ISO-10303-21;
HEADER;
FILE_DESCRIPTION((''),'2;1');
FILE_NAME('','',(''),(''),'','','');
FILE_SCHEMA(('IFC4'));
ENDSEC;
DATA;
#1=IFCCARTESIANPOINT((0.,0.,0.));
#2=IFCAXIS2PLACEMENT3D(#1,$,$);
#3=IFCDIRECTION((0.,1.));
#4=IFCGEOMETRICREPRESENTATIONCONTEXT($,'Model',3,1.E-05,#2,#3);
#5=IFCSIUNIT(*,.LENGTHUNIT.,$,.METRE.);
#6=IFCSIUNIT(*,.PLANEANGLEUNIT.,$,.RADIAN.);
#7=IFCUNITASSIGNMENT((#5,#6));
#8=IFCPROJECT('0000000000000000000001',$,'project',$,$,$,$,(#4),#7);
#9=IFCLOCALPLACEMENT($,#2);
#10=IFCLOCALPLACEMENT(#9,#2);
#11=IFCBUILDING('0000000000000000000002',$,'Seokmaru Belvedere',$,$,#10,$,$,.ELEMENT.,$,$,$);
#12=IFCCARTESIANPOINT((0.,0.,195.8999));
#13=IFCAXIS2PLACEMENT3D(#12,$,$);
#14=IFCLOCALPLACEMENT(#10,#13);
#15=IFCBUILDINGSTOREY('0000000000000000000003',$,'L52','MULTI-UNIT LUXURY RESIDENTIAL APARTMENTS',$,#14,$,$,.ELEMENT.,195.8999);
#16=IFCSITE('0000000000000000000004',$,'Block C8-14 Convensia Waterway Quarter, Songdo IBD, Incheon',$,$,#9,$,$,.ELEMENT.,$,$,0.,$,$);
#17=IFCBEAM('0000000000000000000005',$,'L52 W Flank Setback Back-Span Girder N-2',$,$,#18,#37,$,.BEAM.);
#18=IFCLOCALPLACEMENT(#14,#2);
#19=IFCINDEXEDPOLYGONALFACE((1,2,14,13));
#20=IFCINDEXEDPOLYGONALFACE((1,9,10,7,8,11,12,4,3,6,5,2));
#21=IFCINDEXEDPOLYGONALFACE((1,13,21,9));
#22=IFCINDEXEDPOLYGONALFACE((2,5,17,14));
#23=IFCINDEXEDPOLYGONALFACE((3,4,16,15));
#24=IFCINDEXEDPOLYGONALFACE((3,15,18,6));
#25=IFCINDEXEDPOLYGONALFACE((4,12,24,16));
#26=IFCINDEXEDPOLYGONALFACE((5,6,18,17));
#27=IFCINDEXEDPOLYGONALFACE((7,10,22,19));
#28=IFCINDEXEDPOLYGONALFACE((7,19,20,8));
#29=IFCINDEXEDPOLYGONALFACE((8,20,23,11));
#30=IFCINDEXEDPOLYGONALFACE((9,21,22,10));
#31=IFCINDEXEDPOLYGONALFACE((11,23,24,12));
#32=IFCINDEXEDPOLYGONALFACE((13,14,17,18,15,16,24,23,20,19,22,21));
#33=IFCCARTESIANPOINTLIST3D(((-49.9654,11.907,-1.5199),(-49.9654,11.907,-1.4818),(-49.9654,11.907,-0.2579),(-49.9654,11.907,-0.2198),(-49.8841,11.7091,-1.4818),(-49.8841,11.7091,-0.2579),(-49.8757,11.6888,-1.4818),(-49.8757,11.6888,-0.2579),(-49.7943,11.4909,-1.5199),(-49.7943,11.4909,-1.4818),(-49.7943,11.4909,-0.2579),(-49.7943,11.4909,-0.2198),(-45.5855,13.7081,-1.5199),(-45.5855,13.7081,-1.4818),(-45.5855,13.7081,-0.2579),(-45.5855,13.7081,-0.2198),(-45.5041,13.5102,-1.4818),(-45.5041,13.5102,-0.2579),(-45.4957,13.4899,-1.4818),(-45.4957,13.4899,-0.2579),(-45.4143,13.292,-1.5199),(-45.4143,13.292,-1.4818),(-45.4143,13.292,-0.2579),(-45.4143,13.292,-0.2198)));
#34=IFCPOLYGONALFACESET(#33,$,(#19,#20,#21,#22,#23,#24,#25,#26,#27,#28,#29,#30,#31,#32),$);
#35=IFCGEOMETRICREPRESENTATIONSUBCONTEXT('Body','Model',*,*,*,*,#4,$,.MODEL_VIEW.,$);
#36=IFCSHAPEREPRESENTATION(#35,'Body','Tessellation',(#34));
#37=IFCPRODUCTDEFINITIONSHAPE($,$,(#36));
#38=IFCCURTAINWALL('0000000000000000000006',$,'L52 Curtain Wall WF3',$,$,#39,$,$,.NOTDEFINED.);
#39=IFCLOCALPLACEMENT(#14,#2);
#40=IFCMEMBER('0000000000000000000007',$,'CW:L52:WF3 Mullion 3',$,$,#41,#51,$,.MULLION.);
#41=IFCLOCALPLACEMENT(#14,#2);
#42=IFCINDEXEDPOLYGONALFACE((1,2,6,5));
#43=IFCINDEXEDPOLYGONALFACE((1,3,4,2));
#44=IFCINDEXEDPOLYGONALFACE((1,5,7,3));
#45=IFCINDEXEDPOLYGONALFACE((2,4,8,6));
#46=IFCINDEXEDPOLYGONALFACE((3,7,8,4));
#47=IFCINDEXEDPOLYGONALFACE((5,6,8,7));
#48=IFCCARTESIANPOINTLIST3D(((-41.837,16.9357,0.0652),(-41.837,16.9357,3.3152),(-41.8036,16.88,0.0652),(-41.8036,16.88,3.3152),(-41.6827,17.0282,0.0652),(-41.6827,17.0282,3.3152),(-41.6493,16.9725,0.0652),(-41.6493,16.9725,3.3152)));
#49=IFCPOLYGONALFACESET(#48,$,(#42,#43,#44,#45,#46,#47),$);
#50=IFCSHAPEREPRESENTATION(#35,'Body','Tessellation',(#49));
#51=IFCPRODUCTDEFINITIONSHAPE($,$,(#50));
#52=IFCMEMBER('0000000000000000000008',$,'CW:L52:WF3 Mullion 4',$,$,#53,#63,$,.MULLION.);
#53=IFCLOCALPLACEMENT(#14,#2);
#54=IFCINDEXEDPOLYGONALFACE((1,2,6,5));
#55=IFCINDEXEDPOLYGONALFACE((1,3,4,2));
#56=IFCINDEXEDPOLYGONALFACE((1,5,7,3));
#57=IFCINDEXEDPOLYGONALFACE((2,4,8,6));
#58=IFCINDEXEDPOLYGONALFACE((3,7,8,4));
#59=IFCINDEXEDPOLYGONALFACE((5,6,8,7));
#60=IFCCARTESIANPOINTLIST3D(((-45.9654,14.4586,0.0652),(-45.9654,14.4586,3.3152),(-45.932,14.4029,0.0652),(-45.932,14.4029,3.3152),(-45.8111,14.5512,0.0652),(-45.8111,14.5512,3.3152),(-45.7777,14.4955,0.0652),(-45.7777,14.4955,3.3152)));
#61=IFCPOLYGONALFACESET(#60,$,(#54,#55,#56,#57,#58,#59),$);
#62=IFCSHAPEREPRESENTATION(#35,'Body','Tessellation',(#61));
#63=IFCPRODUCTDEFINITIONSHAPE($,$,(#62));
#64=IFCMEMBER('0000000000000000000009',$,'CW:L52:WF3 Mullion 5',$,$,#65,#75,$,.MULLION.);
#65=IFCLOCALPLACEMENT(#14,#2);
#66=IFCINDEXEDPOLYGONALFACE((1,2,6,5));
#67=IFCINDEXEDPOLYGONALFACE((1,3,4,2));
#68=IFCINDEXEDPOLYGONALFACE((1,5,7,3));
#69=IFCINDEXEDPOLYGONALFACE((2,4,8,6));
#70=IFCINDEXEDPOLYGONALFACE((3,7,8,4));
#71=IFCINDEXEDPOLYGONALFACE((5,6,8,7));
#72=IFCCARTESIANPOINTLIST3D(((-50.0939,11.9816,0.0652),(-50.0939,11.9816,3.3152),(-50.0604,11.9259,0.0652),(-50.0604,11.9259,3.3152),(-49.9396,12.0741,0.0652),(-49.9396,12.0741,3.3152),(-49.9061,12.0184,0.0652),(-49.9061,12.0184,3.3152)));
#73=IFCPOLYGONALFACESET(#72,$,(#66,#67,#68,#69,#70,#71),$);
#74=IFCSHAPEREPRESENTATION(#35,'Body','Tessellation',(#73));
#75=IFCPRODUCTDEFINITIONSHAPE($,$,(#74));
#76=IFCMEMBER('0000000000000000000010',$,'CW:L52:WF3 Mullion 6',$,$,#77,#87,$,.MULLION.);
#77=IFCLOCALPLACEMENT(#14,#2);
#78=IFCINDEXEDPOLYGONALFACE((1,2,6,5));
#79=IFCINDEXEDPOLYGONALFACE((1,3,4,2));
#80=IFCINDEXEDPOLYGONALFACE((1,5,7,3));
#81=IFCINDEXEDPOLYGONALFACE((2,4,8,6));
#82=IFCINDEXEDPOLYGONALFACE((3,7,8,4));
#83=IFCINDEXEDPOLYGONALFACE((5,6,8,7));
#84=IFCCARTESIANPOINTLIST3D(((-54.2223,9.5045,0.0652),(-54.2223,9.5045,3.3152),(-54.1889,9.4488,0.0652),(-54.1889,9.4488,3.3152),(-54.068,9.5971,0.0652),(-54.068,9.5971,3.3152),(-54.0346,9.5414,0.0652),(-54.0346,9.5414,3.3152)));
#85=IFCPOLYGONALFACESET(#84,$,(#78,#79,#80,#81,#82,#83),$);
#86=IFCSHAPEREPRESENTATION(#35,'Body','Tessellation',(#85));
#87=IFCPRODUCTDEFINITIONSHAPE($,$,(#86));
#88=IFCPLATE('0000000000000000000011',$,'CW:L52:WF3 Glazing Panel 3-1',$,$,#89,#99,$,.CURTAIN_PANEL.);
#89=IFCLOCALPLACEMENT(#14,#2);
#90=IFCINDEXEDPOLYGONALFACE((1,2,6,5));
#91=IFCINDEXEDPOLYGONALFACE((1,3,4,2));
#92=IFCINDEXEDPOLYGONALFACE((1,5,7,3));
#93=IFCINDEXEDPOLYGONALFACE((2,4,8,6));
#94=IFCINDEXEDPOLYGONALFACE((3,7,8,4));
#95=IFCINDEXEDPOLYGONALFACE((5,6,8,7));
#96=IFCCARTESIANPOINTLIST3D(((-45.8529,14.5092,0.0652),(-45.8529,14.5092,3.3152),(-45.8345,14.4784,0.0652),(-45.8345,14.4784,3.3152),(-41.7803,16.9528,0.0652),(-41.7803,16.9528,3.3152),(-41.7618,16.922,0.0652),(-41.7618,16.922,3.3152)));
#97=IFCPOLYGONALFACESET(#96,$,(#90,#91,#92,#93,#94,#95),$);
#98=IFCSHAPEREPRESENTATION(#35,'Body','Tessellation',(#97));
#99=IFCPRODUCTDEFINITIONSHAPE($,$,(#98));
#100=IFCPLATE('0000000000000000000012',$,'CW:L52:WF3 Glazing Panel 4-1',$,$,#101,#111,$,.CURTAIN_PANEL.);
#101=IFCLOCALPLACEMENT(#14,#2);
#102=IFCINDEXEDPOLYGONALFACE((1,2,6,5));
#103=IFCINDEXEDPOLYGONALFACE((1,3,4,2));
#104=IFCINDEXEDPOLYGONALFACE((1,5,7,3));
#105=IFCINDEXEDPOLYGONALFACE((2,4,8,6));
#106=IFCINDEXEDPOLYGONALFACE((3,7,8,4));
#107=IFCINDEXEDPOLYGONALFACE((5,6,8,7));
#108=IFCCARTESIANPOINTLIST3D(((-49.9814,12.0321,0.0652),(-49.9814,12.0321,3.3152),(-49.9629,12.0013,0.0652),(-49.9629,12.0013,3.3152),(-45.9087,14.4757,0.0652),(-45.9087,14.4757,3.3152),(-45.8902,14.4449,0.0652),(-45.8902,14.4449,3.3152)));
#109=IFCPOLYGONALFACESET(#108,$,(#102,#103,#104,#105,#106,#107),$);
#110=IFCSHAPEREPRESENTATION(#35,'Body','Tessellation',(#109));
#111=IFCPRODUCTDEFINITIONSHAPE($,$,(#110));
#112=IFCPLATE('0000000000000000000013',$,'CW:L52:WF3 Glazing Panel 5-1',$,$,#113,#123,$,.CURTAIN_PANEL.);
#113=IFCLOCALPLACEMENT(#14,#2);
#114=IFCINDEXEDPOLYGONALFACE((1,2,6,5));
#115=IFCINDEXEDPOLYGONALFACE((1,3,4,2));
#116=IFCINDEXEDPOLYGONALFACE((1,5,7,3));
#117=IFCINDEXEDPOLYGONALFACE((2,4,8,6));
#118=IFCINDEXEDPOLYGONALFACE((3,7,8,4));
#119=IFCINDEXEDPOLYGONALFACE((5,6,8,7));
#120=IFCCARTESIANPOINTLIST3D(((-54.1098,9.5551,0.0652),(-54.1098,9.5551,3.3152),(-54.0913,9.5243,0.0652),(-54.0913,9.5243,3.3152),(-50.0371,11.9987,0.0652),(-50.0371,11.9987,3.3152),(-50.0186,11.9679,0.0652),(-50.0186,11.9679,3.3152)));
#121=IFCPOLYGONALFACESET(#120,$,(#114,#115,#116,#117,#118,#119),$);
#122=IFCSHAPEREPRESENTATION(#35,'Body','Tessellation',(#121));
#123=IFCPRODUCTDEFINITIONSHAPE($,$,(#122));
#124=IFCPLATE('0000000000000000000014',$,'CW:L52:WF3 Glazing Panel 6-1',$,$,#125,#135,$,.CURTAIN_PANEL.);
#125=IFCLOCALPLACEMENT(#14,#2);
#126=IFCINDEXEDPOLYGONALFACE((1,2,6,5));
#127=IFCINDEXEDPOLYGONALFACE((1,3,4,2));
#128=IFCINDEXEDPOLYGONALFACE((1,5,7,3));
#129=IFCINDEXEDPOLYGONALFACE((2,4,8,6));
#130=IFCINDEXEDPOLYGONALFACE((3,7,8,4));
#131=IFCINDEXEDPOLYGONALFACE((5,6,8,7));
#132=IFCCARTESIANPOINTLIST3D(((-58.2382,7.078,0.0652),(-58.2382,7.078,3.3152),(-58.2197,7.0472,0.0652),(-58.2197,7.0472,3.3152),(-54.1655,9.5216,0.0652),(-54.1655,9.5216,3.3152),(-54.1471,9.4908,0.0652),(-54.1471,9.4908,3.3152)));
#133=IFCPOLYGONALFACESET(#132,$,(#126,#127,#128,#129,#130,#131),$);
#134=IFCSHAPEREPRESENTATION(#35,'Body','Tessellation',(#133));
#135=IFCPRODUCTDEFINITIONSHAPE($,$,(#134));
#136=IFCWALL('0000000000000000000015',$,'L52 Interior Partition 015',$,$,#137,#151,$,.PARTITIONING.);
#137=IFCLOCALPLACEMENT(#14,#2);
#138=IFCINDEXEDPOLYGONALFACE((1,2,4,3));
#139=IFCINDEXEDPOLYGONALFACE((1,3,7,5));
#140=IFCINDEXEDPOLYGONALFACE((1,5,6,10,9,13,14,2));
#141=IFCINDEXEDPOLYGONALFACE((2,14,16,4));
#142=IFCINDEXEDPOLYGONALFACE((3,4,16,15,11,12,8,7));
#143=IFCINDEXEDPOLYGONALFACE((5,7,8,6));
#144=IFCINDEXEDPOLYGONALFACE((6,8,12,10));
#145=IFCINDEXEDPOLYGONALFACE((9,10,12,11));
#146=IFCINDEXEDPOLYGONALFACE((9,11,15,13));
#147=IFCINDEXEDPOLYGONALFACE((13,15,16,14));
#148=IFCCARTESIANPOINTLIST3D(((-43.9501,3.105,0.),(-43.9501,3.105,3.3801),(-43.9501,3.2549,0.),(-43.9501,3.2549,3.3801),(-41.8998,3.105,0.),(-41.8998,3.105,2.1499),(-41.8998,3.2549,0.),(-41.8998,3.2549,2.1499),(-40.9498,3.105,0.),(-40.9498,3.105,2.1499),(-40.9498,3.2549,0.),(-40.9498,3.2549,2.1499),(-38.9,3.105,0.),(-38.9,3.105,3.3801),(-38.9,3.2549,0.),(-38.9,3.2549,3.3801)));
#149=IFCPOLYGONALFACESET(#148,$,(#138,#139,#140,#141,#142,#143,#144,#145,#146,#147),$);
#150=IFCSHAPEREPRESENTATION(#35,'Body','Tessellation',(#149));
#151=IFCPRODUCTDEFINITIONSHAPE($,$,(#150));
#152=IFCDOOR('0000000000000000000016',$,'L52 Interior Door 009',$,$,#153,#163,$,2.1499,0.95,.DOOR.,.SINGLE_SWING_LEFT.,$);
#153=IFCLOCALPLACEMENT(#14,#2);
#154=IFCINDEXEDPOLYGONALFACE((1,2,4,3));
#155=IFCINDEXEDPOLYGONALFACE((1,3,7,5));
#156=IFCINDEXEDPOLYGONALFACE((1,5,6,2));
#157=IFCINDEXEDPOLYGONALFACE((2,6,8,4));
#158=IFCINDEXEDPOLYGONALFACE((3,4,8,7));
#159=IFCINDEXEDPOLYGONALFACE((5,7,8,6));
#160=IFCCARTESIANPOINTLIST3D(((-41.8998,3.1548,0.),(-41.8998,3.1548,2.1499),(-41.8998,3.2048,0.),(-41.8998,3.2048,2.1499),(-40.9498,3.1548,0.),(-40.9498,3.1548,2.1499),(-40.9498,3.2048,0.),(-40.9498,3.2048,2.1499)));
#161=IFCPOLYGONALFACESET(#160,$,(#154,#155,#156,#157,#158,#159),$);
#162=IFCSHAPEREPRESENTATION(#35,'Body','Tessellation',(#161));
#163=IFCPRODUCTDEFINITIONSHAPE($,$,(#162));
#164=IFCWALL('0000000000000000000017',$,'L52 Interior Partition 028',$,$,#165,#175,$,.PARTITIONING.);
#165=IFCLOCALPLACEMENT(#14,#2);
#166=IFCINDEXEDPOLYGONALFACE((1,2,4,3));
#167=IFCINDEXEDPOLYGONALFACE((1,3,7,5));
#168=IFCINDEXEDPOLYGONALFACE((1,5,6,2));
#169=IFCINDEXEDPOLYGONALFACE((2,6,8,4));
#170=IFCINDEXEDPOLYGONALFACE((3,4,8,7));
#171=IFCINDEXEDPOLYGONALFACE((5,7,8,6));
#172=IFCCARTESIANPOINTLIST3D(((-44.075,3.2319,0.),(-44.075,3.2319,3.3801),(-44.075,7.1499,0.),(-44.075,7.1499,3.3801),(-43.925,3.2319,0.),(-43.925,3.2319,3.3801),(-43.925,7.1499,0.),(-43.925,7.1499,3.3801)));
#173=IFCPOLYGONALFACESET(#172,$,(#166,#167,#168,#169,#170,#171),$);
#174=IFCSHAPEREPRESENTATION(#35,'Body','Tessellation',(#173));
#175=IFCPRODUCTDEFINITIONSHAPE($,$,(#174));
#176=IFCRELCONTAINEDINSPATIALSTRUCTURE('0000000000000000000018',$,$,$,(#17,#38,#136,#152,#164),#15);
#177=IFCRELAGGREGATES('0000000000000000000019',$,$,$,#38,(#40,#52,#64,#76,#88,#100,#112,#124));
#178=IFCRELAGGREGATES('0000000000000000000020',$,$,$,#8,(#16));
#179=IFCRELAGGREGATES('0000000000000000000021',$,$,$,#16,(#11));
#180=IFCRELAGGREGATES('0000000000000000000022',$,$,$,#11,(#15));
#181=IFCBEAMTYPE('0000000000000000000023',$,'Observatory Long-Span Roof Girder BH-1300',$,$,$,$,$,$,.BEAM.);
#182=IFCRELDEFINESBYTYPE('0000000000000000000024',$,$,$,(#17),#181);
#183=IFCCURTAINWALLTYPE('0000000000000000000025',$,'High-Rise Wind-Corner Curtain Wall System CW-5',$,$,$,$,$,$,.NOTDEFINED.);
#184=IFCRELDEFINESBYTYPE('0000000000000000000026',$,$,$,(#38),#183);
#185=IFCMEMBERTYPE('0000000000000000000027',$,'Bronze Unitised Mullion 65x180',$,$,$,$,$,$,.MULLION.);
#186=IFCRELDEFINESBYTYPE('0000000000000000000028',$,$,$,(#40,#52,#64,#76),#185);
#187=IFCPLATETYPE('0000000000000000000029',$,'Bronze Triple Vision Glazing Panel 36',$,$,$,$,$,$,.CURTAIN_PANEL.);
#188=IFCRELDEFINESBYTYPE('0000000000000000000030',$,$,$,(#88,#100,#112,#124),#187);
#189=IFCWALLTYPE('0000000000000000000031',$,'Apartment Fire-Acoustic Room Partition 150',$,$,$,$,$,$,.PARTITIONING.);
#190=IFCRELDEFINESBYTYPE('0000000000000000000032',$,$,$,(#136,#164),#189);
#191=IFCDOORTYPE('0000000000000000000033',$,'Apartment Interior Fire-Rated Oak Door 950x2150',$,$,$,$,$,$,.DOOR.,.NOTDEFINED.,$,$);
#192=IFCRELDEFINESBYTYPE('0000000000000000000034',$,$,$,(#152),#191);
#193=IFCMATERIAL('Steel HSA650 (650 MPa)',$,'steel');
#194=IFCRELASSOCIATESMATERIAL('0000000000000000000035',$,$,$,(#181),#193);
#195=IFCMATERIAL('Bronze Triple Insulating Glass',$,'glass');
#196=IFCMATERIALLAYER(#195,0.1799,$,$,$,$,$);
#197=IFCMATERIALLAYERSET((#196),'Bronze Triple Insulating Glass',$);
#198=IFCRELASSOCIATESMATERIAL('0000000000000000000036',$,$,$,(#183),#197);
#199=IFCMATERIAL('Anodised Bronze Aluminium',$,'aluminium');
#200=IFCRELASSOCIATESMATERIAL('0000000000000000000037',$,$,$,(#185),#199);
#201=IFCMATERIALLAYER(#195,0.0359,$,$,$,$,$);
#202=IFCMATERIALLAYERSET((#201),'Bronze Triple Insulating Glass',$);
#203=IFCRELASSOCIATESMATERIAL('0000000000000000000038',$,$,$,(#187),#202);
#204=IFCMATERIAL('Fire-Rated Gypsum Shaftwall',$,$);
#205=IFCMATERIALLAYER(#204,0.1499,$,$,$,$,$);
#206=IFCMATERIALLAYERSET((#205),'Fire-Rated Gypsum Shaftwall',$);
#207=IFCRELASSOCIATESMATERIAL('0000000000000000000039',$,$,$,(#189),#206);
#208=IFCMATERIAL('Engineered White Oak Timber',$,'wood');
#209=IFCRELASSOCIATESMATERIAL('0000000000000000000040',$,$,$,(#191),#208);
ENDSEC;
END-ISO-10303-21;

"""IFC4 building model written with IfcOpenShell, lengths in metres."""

from ifc_helpers import new_model, si_unit, direction, frame, frame_2d, origin, origin_2d, place, context, subcontext, project, spatial, rectangle, i_section, extrude, source, transform, mapped, material, layer, layer_set, material_profile, profile_set, type_object, type_shapes, element, fill, aggregate, save


model = new_model("IFC4")

# Units and contexts
model_context = context("Model", 3, precision=1e-05, world=origin(), true_north=direction((0.0, 1.0)))
body_context = subcontext(model_context, "Body", "Model", "MODEL_VIEW")
ifc_project = project(units=[si_unit("LENGTHUNIT", "METRE"), si_unit("PLANEANGLEUNIT", "RADIAN")], contexts=[model_context])

# Site, building, storey
site_placement = place(None, origin())
site = spatial("IfcSite", under=ifc_project, at=site_placement, Name="Block C8-14 Convensia Waterway Quarter, Songdo IBD, Incheon", CompositionType="ELEMENT", RefElevation=0.0)
building_placement = place(site_placement, origin())
building = spatial("IfcBuilding", under=site, at=building_placement, Name="Seokmaru Belvedere", CompositionType="ELEMENT")
storey_placement = place(building_placement, frame((0.0, 0.0, 195.8999)))
storey = spatial("IfcBuildingStorey", under=building, at=storey_placement, Name="L52", Description="MULTI-UNIT LUXURY RESIDENTIAL APARTMENTS", CompositionType="ELEMENT", Elevation=195.8999)

# Beam
ifc_material_1 = material(Name="Steel HSA650 (650 MPa)", Category="steel")
ifc_material_profile_1 = material_profile(ifc_material_1, i_section(OverallWidth=0.45, OverallDepth=1.3, WebThickness=0.022, FlangeThickness=0.0381, at=origin_2d()), Name="BH-1300x450x22x38")
ifc_profile_set_1 = profile_set([ifc_material_profile_1], Name="Steel HSA650 (650 MPa)")
beam_type_1 = type_object("IfcBeamType", Name="Observatory Long-Span Roof Girder BH-1300", PredefinedType="BEAM", material=ifc_profile_set_1)
shared_shape_1 = source(origin(), body_context, "Body", "SweptSolid", [
    extrude(i_section(OverallWidth=0.45, OverallDepth=1.3, WebThickness=0.022, FlangeThickness=0.0381, at=origin_2d()), origin(), (0.0, 0.0, 1.0), 4.7358),
])
beam_1_placement = place(storey_placement, frame((-49.8799, 11.699, -0.8699), z_axis=(0.924861, 0.380306, 0.0), x_axis=(-0.380306, 0.924861, 0.0)))
element("IfcBeam", 1, at=beam_1_placement, inside=storey, type_object=beam_type_1, Name="L52 W Flank Setback Back-Span Girder N-2", PredefinedType="BEAM", context=body_context, shape_type="MappedRepresentation", body=[
    mapped(shared_shape_1, transform((0.0, 0.0, 0.0), scale=1.0)),
])

# Curtain wall, members, plates
ifc_material_2 = material(Name="Bronze Triple Insulating Glass", Category="glass")
ifc_layer_1 = layer(ifc_material_2, 0.1799)
ifc_layer_set_1 = layer_set([ifc_layer_1], Name="Bronze Triple Insulating Glass")
curtain_wall_type = type_object("IfcCurtainWallType", Name="High-Rise Wind-Corner Curtain Wall System CW-5", PredefinedType="NOTDEFINED", material=ifc_layer_set_1)
curtain_wall_placement = place(storey_placement, origin())
curtain_wall = element("IfcCurtainWall", 2, at=curtain_wall_placement, inside=storey, type_object=curtain_wall_type, Name="L52 Curtain Wall WF3", PredefinedType="NOTDEFINED")
ifc_material_3 = material(Name="Anodised Bronze Aluminium", Category="aluminium")
ifc_material_profile_2 = material_profile(ifc_material_3, rectangle(XDim=0.0649, YDim=0.1799, at=origin_2d()), Name="CW-M-65x180")
ifc_profile_set_2 = profile_set([ifc_material_profile_2], Name="Anodised Bronze Aluminium")
member_type = type_object("IfcMemberType", Name="Bronze Unitised Mullion 65x180", PredefinedType="MULLION", material=ifc_profile_set_2)
shared_shape_2 = source(origin(), body_context, "Body", "SweptSolid", [
    extrude(rectangle(XDim=0.0649, YDim=0.1799, at=origin_2d()), origin(), (0.0, 0.0, 1.0), 3.25),
])
type_shapes(member_type, [shared_shape_2])
member_1_placement = place(storey_placement, frame((-41.7432, 16.9541, 0.0652), z_axis=(0.0, 0.0, 1.0), x_axis=(0.514495, -0.857493, 0.0)))
member_1 = element("IfcMember", 3, at=member_1_placement, type_object=member_type, Name="CW:L52:WF3 Mullion 3", PredefinedType="MULLION", context=body_context, shape_type="MappedRepresentation", body=[
    mapped(shared_shape_2, transform((0.0, 0.0, 0.0), scale=1.0)),
])
member_2_placement = place(storey_placement, frame((-45.8716, 14.4771, 0.0652), z_axis=(0.0, 0.0, 1.0), x_axis=(0.514495, -0.857493, 0.0)))
member_2 = element("IfcMember", 4, at=member_2_placement, type_object=member_type, Name="CW:L52:WF3 Mullion 4", PredefinedType="MULLION", context=body_context, shape_type="MappedRepresentation", body=[
    mapped(shared_shape_2, transform((0.0, 0.0, 0.0), scale=1.0)),
])
member_3_placement = place(storey_placement, frame((-50.0, 12.0, 0.0652), z_axis=(0.0, 0.0, 1.0), x_axis=(0.514495, -0.857493, 0.0)))
member_3 = element("IfcMember", 5, at=member_3_placement, type_object=member_type, Name="CW:L52:WF3 Mullion 5", PredefinedType="MULLION", context=body_context, shape_type="MappedRepresentation", body=[
    mapped(shared_shape_2, transform((0.0, 0.0, 0.0), scale=1.0)),
])
member_4_placement = place(storey_placement, frame((-54.1284, 9.5229, 0.0652), z_axis=(0.0, 0.0, 1.0), x_axis=(0.514495, -0.857493, 0.0)))
member_4 = element("IfcMember", 6, at=member_4_placement, type_object=member_type, Name="CW:L52:WF3 Mullion 6", PredefinedType="MULLION", context=body_context, shape_type="MappedRepresentation", body=[
    mapped(shared_shape_2, transform((0.0, 0.0, 0.0), scale=1.0)),
])
ifc_layer_2 = layer(ifc_material_2, 0.0359)
ifc_layer_set_2 = layer_set([ifc_layer_2], Name="Bronze Triple Insulating Glass")
plate_type = type_object("IfcPlateType", Name="Bronze Triple Vision Glazing Panel 36", PredefinedType="CURTAIN_PANEL", material=ifc_layer_set_2)
shared_shape_3 = source(origin(), body_context, "Body", "SweptSolid", [
    extrude(rectangle(XDim=4.7495, YDim=0.0359, at=origin_2d()), origin(), (0.0, 0.0, 1.0), 3.25),
])
type_shapes(plate_type, [shared_shape_3])
plate_1_placement = place(storey_placement, frame((-43.8074, 15.7156, 0.0652), z_axis=(0.0, 0.0, 1.0), x_axis=(-0.857493, -0.514495, 0.0)))
plate_1 = element("IfcPlate", 7, at=plate_1_placement, type_object=plate_type, Name="CW:L52:WF3 Glazing Panel 3-1", PredefinedType="CURTAIN_PANEL", context=body_context, shape_type="MappedRepresentation", body=[
    mapped(shared_shape_3, transform((0.0, 0.0, 0.0), scale=1.0)),
])
plate_2_placement = place(storey_placement, frame((-47.9358, 13.2385, 0.0652), z_axis=(0.0, 0.0, 1.0), x_axis=(-0.857493, -0.514495, 0.0)))
plate_2 = element("IfcPlate", 8, at=plate_2_placement, type_object=plate_type, Name="CW:L52:WF3 Glazing Panel 4-1", PredefinedType="CURTAIN_PANEL", context=body_context, shape_type="MappedRepresentation", body=[
    mapped(shared_shape_3, transform((0.0, 0.0, 0.0), scale=1.0)),
])
plate_3_placement = place(storey_placement, frame((-52.0642, 10.7615, 0.0652), z_axis=(0.0, 0.0, 1.0), x_axis=(-0.857493, -0.514495, 0.0)))
plate_3 = element("IfcPlate", 9, at=plate_3_placement, type_object=plate_type, Name="CW:L52:WF3 Glazing Panel 5-1", PredefinedType="CURTAIN_PANEL", context=body_context, shape_type="MappedRepresentation", body=[
    mapped(shared_shape_3, transform((0.0, 0.0, 0.0), scale=1.0)),
])
plate_4_placement = place(storey_placement, frame((-56.1926, 8.2844, 0.0652), z_axis=(0.0, 0.0, 1.0), x_axis=(-0.857493, -0.514495, 0.0)))
plate_4 = element("IfcPlate", 10, at=plate_4_placement, type_object=plate_type, Name="CW:L52:WF3 Glazing Panel 6-1", PredefinedType="CURTAIN_PANEL", context=body_context, shape_type="MappedRepresentation", body=[
    mapped(shared_shape_3, transform((0.0, 0.0, 0.0), scale=1.0)),
])
aggregate(curtain_wall, [member_1, member_2, member_3, member_4, plate_1, plate_2, plate_3, plate_4])

# Wall, opening, door
ifc_material_4 = material(Name="Fire-Rated Gypsum Shaftwall")
ifc_layer_3 = layer(ifc_material_4, 0.1499)
ifc_layer_set_3 = layer_set([ifc_layer_3], Name="Fire-Rated Gypsum Shaftwall")
wall_type_1 = type_object("IfcWallType", Name="Apartment Fire-Acoustic Room Partition 150", PredefinedType="PARTITIONING", material=ifc_layer_set_3)
wall_1_placement = place(storey_placement, frame((-43.95, 3.1799, 0.0), z_axis=(0.0, 0.0, 1.0), x_axis=(1.0, 0.0, 0.0)))
wall_1 = element("IfcWall", 11, at=wall_1_placement, inside=storey, type_object=wall_type_1, Name="L52 Interior Partition 015", PredefinedType="PARTITIONING", context=body_context, shape_type="SweptSolid", body=[
    extrude(rectangle(XDim=5.05, YDim=0.1499, at=frame_2d((2.5249, 0.0))), origin(), (0.0, 0.0, 1.0), 3.3801),
])
opening_placement = place(wall_1_placement, frame((2.05, 0.0, 0.0)))
opening = element("IfcOpeningElement", 12, at=opening_placement, cuts=wall_1, PredefinedType="OPENING", context=body_context, shape_type="SweptSolid", body=[
    extrude(rectangle(XDim=0.95, YDim=2.1499, at=frame_2d((0.4751, 1.075))), frame((0.0, 0.085, 0.0), z_axis=(0.0, -1.0, 0.0), x_axis=(1.0, 0.0, 0.0)), (0.0, 0.0, 1.0), 0.1699),
])
ifc_material_5 = material(Name="Engineered White Oak Timber", Category="wood")
door_type = type_object("IfcDoorType", Name="Apartment Interior Fire-Rated Oak Door 950x2150", OperationType="NOTDEFINED", PredefinedType="DOOR", material=ifc_material_5)
shared_shape_4 = source(origin(), body_context, "Body", "SweptSolid", [
    extrude(rectangle(XDim=0.95, YDim=2.1499, at=frame_2d((0.4751, 1.075))), frame((0.0, 0.0249, 0.0), z_axis=(0.0, -1.0, 0.0), x_axis=(1.0, 0.0, 0.0)), (0.0, 0.0, 1.0), 0.05),
])
type_shapes(door_type, [shared_shape_4])
door_placement = place(opening_placement, origin())
door = element("IfcDoor", 13, at=door_placement, inside=storey, type_object=door_type, Name="L52 Interior Door 009", OperationType="SINGLE_SWING_LEFT", OverallHeight=2.1499, OverallWidth=0.95, PredefinedType="DOOR", context=body_context, shape_type="MappedRepresentation", body=[
    mapped(shared_shape_4, transform((0.0, 0.0, 0.0), scale=1.0)),
])
fill(opening, door)

# Wall
wall_2_placement = place(storey_placement, frame((-44.0, 3.2319, 0.0), z_axis=(0.0, 0.0, 1.0), x_axis=(0.0, 1.0, 0.0)))
element("IfcWall", 14, at=wall_2_placement, inside=storey, type_object=wall_type_1, Name="L52 Interior Partition 028", PredefinedType="PARTITIONING", context=body_context, shape_type="SweptSolid", body=[
    extrude(rectangle(XDim=3.918, YDim=0.1499, at=frame_2d((1.959, 0.0))), origin(), (0.0, 0.0, 1.0), 3.3801),
])

save(model, "model.ifc")
